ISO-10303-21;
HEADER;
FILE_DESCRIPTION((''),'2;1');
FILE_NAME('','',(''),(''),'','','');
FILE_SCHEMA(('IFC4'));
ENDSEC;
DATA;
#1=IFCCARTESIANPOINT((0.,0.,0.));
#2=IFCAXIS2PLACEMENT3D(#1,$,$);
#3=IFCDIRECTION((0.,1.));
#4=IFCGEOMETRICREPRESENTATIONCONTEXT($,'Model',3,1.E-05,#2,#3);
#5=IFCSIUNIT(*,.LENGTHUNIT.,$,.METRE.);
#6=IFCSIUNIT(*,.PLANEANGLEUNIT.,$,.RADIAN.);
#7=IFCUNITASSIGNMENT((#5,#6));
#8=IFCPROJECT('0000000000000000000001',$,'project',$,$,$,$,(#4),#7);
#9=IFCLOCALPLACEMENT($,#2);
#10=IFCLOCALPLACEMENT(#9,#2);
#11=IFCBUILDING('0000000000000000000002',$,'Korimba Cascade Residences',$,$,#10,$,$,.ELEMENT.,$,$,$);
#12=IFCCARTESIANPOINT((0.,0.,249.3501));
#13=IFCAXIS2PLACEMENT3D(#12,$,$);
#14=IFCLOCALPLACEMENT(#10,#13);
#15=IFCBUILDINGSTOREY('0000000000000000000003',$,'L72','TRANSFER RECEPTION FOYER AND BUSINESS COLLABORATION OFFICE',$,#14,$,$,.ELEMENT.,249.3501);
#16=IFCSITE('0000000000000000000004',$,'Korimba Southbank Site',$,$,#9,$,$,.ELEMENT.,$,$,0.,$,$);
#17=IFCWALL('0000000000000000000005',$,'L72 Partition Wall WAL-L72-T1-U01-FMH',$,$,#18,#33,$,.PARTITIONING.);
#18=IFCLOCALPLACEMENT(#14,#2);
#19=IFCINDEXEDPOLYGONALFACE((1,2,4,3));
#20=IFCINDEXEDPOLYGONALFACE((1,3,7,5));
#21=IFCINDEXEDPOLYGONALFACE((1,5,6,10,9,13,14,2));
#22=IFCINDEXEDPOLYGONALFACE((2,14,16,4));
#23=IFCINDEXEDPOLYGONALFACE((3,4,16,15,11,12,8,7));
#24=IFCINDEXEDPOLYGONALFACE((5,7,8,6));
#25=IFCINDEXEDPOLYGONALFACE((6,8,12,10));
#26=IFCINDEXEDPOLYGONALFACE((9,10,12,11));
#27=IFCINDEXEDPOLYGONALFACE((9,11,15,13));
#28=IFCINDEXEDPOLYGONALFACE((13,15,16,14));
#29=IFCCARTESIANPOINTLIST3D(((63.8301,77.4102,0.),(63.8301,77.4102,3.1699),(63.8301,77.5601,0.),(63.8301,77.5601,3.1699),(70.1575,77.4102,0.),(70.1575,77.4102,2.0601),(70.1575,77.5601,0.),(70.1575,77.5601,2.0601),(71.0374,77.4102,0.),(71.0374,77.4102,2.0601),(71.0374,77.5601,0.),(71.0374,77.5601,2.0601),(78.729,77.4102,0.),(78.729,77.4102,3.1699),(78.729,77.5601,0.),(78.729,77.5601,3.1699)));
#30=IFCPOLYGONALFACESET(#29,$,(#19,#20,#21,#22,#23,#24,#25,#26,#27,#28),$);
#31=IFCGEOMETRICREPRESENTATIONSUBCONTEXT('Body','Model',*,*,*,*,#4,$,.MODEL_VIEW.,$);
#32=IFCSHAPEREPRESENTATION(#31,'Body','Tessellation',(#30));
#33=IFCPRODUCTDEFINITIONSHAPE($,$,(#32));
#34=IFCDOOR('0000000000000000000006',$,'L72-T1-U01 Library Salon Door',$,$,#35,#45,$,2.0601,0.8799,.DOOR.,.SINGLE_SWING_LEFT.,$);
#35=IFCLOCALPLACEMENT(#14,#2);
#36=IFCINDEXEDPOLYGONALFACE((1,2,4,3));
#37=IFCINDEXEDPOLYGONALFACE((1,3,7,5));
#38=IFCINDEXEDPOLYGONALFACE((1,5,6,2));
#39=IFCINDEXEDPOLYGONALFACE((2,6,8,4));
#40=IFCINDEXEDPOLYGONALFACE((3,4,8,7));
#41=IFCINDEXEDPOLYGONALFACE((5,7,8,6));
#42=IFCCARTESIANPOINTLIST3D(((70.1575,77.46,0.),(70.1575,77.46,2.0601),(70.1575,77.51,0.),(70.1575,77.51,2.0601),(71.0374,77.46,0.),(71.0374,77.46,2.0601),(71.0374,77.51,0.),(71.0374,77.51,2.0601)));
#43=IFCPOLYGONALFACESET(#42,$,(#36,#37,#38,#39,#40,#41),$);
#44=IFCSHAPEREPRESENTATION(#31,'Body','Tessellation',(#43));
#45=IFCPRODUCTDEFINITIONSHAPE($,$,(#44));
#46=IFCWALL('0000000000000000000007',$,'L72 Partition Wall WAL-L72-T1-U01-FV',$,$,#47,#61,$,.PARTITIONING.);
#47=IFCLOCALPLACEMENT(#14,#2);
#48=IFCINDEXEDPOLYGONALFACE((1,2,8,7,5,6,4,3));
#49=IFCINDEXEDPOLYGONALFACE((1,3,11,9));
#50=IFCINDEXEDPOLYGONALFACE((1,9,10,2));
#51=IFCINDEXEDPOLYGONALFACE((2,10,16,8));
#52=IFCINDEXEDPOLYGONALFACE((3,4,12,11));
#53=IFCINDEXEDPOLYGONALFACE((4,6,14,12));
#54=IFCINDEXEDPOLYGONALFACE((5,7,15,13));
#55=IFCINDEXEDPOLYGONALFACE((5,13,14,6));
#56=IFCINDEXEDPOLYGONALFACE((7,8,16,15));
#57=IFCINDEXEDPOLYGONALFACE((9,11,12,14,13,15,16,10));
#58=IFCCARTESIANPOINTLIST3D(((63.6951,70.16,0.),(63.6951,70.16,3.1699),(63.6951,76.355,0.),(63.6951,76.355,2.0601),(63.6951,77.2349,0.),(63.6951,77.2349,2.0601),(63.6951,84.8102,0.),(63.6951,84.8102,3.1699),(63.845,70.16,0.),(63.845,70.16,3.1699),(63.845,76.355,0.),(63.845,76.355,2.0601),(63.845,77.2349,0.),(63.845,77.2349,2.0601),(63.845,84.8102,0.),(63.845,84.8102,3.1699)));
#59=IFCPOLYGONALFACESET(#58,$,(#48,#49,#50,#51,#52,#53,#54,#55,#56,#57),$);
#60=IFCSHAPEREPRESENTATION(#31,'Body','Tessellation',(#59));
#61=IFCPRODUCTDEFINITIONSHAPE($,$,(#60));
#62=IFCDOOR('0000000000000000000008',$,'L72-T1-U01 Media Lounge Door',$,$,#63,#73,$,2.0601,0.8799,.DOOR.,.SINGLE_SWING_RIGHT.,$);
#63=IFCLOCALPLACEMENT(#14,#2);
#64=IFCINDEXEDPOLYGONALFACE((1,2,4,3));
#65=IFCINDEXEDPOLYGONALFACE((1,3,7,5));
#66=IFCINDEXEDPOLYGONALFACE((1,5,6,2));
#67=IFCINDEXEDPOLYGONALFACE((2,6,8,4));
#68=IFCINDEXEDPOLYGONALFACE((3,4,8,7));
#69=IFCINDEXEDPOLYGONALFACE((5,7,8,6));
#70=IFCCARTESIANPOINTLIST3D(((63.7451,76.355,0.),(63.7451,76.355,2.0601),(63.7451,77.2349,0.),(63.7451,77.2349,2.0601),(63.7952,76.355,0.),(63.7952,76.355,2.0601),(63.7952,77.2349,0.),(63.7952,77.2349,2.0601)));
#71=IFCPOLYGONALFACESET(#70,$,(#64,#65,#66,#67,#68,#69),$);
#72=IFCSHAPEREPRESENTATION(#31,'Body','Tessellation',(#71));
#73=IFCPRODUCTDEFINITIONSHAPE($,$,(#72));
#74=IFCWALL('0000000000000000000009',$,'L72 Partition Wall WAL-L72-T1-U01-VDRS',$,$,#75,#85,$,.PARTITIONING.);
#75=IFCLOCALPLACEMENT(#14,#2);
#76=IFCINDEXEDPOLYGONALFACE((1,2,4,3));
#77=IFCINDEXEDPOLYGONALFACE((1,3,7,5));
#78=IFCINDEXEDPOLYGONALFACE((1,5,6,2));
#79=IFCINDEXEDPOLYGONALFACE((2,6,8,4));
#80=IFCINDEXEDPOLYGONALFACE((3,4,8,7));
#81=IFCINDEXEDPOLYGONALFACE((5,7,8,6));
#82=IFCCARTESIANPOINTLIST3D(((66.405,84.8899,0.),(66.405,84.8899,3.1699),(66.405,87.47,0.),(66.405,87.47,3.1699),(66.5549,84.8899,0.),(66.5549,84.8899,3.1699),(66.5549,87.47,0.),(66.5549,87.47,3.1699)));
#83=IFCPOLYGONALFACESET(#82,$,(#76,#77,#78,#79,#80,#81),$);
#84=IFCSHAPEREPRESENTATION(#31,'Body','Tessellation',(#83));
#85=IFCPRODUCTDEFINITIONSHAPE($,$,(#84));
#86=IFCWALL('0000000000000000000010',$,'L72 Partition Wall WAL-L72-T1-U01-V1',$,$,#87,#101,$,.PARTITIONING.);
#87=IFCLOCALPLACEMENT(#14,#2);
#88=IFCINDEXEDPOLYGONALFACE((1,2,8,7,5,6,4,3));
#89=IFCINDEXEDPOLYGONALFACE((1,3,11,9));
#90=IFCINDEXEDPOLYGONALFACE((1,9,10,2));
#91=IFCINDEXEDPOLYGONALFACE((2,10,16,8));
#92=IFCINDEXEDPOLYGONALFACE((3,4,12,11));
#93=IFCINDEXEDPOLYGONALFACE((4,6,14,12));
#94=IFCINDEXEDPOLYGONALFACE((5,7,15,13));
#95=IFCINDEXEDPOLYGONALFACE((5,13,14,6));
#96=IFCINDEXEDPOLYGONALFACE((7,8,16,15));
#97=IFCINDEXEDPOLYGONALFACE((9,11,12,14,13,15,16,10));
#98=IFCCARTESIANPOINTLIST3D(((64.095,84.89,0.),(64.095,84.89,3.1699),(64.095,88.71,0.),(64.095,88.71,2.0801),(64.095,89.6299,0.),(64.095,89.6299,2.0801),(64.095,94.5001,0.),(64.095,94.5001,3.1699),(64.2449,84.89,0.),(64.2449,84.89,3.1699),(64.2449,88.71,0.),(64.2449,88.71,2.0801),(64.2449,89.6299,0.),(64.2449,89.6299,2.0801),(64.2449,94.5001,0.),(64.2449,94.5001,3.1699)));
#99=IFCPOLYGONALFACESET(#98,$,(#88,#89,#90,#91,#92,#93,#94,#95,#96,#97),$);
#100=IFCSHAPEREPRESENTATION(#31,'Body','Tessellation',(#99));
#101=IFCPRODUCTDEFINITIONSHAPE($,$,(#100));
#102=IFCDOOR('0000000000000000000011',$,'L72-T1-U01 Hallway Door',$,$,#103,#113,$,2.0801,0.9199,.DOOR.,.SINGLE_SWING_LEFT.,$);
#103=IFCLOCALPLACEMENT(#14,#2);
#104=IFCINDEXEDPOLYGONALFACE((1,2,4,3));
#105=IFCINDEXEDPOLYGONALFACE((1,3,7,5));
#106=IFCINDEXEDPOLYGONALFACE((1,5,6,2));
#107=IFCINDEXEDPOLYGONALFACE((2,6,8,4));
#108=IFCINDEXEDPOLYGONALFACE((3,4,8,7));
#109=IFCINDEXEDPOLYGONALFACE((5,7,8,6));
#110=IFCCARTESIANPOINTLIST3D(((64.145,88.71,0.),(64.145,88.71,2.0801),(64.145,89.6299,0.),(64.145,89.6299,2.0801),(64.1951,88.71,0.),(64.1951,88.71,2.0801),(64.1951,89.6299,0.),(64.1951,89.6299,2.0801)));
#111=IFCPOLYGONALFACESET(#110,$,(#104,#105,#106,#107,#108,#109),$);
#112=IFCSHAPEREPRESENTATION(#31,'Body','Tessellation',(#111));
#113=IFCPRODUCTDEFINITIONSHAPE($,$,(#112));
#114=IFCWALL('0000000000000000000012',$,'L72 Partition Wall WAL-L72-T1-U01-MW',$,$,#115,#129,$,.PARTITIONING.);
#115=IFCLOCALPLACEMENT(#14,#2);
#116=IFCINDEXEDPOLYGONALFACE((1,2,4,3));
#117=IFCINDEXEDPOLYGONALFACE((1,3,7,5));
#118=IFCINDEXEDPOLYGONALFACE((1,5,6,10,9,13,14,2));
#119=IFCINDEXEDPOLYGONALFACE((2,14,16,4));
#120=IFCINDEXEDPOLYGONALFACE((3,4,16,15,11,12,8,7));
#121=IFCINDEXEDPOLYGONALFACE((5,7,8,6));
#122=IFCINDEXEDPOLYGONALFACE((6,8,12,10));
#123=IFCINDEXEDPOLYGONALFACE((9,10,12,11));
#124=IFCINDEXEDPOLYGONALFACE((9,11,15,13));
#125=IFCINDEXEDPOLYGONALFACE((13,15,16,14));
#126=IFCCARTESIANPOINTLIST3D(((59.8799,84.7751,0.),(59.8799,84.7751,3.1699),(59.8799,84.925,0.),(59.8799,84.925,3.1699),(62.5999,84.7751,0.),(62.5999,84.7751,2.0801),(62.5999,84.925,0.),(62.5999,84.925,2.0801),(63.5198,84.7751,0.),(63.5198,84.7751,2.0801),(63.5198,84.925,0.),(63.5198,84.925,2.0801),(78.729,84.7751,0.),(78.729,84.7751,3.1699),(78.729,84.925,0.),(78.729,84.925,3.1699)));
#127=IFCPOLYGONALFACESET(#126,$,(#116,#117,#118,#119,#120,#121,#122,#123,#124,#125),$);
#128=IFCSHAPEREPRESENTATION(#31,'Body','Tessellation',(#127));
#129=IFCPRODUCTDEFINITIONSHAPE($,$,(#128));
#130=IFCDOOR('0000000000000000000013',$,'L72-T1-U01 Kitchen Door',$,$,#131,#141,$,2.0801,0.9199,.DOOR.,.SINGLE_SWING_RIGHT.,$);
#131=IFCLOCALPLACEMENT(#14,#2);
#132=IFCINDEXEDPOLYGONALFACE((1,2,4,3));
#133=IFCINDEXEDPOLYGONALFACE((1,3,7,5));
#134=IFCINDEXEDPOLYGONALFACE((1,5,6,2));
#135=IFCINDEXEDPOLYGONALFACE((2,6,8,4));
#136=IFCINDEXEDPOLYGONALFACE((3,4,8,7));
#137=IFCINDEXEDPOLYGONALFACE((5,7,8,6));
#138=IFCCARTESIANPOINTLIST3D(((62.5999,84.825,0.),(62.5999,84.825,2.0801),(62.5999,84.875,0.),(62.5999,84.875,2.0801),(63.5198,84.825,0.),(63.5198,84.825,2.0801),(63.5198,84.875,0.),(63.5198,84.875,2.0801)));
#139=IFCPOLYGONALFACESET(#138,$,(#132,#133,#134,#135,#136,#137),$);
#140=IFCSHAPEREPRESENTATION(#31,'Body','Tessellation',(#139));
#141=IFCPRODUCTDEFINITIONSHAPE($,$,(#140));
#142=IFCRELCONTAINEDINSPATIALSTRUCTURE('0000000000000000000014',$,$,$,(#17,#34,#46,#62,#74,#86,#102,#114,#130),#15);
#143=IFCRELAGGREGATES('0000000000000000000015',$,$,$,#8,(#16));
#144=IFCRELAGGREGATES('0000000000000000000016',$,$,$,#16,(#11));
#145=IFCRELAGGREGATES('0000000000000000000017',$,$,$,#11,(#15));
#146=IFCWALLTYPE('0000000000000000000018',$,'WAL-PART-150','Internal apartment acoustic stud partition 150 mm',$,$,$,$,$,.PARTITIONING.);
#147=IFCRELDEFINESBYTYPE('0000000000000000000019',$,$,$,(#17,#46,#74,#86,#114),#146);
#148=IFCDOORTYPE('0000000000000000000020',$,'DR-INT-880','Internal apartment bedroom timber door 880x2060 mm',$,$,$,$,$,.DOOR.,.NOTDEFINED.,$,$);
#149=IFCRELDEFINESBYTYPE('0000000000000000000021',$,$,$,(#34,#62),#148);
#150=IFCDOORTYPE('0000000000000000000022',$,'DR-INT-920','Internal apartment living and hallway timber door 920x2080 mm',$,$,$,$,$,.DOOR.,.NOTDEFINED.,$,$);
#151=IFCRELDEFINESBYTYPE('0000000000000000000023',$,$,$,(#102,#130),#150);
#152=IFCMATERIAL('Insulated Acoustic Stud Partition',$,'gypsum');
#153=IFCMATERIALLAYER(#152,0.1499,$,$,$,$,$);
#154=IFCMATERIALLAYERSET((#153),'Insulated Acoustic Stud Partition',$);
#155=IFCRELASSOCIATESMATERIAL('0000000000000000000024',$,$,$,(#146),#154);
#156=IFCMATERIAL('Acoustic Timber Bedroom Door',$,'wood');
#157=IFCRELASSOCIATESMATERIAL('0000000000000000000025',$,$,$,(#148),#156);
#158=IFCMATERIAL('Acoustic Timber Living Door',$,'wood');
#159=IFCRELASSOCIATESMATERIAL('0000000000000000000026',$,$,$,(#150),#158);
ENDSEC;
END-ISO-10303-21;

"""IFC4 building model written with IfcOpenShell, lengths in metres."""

from ifc_helpers import new_model, si_unit, direction, frame, frame_2d, origin, place, context, subcontext, project, spatial, rectangle, extrude, material, layer, layer_set, type_object, element, fill, save


model = new_model("IFC4")

# Units and contexts
model_context = context("Model", 3, precision=1e-05, world=origin(), true_north=direction((0.0, 1.0)))
body_context = subcontext(model_context, "Body", "Model", "MODEL_VIEW")
ifc_project = project(units=[si_unit("LENGTHUNIT", "METRE"), si_unit("PLANEANGLEUNIT", "RADIAN")], contexts=[model_context])

# Site, building, storey
site_placement = place(None, origin())
site = spatial("IfcSite", under=ifc_project, at=site_placement, Name="Korimba Southbank Site", CompositionType="ELEMENT", RefElevation=0.0)
building_placement = place(site_placement, origin())
building = spatial("IfcBuilding", under=site, at=building_placement, Name="Korimba Cascade Residences", CompositionType="ELEMENT")
storey_placement = place(building_placement, frame((0.0, 0.0, 249.3501)))
storey = spatial("IfcBuildingStorey", under=building, at=storey_placement, Name="L72", Description="TRANSFER RECEPTION FOYER AND BUSINESS COLLABORATION OFFICE", CompositionType="ELEMENT", Elevation=249.3501)

# Walls, openings, doors
ifc_material_1 = material(Name="Insulated Acoustic Stud Partition", Category="gypsum")
ifc_layer_1 = layer(ifc_material_1, 0.1499)
ifc_layer_set_1 = layer_set([ifc_layer_1], Name="Insulated Acoustic Stud Partition")
wall_type_1 = type_object("IfcWallType", Name="WAL-PART-150", Description="Internal apartment acoustic stud partition 150 mm", PredefinedType="PARTITIONING", material=ifc_layer_set_1)
wall_1_placement = place(storey_placement, frame((63.8301, 77.4851, 0.0), z_axis=(0.0, 0.0, 1.0), x_axis=(1.0, 0.0, 0.0)))
wall_1 = element("IfcWall", 1, at=wall_1_placement, inside=storey, type_object=wall_type_1, Name="L72 Partition Wall WAL-L72-T1-U01-FMH", PredefinedType="PARTITIONING", context=body_context, shape_type="SweptSolid", body=[
    extrude(rectangle(XDim=14.8989, YDim=0.1499, at=frame_2d((7.4495, 0.0))), origin(), (0.0, 0.0, 1.0), 3.1699),
])
opening_1_placement = place(wall_1_placement, frame((6.3274, 0.0, 0.0)))
opening_1 = element("IfcOpeningElement", 2, at=opening_1_placement, cuts=wall_1, PredefinedType="OPENING", context=body_context, shape_type="SweptSolid", body=[
    extrude(rectangle(XDim=0.8799, YDim=2.0601, at=frame_2d((0.4399, 1.03))), frame((0.0, 0.085, 0.0), z_axis=(0.0, -1.0, 0.0), x_axis=(1.0, 0.0, 0.0)), (0.0, 0.0, 1.0), 0.1699),
])
ifc_material_2 = material(Name="Acoustic Timber Bedroom Door", Category="wood")
door_type_1 = type_object("IfcDoorType", Name="DR-INT-880", Description="Internal apartment bedroom timber door 880x2060 mm", OperationType="NOTDEFINED", PredefinedType="DOOR", material=ifc_material_2)
door_1_placement = place(opening_1_placement, origin())
door_1 = element("IfcDoor", 3, at=door_1_placement, inside=storey, type_object=door_type_1, Name="L72-T1-U01 Library Salon Door", OperationType="SINGLE_SWING_LEFT", OverallHeight=2.0601, OverallWidth=0.8799, PredefinedType="DOOR", context=body_context, shape_type="SweptSolid", body=[
    extrude(rectangle(XDim=0.8799, YDim=2.0601, at=frame_2d((0.4399, 1.03))), frame((0.0, 0.0249, 0.0), z_axis=(0.0, -1.0, 0.0), x_axis=(1.0, 0.0, 0.0)), (0.0, 0.0, 1.0), 0.05),
])
fill(opening_1, door_1)
wall_2_placement = place(storey_placement, frame((63.77, 70.1599, 0.0), z_axis=(0.0, 0.0, 1.0), x_axis=(0.0, 1.0, 0.0)))
wall_2 = element("IfcWall", 4, at=wall_2_placement, inside=storey, type_object=wall_type_1, Name="L72 Partition Wall WAL-L72-T1-U01-FV", PredefinedType="PARTITIONING", context=body_context, shape_type="SweptSolid", body=[
    extrude(rectangle(XDim=14.6501, YDim=0.1499, at=frame_2d((7.3252, 0.0))), origin(), (0.0, 0.0, 1.0), 3.1699),
])
opening_2_placement = place(wall_2_placement, frame((6.1951, 0.0, 0.0)))
opening_2 = element("IfcOpeningElement", 5, at=opening_2_placement, cuts=wall_2, PredefinedType="OPENING", context=body_context, shape_type="SweptSolid", body=[
    extrude(rectangle(XDim=0.8799, YDim=2.0601, at=frame_2d((0.4399, 1.03))), frame((0.0, 0.085, 0.0), z_axis=(0.0, -1.0, 0.0), x_axis=(1.0, 0.0, 0.0)), (0.0, 0.0, 1.0), 0.1699),
])
door_2_placement = place(opening_2_placement, origin())
door_2 = element("IfcDoor", 6, at=door_2_placement, inside=storey, type_object=door_type_1, Name="L72-T1-U01 Media Lounge Door", OperationType="SINGLE_SWING_RIGHT", OverallHeight=2.0601, OverallWidth=0.8799, PredefinedType="DOOR", context=body_context, shape_type="SweptSolid", body=[
    extrude(rectangle(XDim=0.8799, YDim=2.0601, at=frame_2d((0.4399, 1.03))), frame((0.0, 0.0249, 0.0), z_axis=(0.0, -1.0, 0.0), x_axis=(1.0, 0.0, 0.0)), (0.0, 0.0, 1.0), 0.05),
])
fill(opening_2, door_2)

# Wall
wall_3_placement = place(storey_placement, frame((66.48, 84.8899, 0.0), z_axis=(0.0, 0.0, 1.0), x_axis=(0.0, 1.0, 0.0)))
element("IfcWall", 7, at=wall_3_placement, inside=storey, type_object=wall_type_1, Name="L72 Partition Wall WAL-L72-T1-U01-VDRS", PredefinedType="PARTITIONING", context=body_context, shape_type="SweptSolid", body=[
    extrude(rectangle(XDim=2.5801, YDim=0.1499, at=frame_2d((1.29, 0.0))), origin(), (0.0, 0.0, 1.0), 3.1699),
])

# Walls, openings, doors
wall_4_placement = place(storey_placement, frame((64.1699, 84.8899, 0.0), z_axis=(0.0, 0.0, 1.0), x_axis=(0.0, 1.0, 0.0)))
wall_4 = element("IfcWall", 8, at=wall_4_placement, inside=storey, type_object=wall_type_1, Name="L72 Partition Wall WAL-L72-T1-U01-V1", PredefinedType="PARTITIONING", context=body_context, shape_type="SweptSolid", body=[
    extrude(rectangle(XDim=9.6101, YDim=0.1499, at=frame_2d((4.8052, 0.0))), origin(), (0.0, 0.0, 1.0), 3.1699),
])
opening_3_placement = place(wall_4_placement, frame((3.8201, 0.0, 0.0)))
opening_3 = element("IfcOpeningElement", 9, at=opening_3_placement, cuts=wall_4, PredefinedType="OPENING", context=body_context, shape_type="SweptSolid", body=[
    extrude(rectangle(XDim=0.9199, YDim=2.0801, at=frame_2d((0.46, 1.04))), frame((0.0, 0.085, 0.0), z_axis=(0.0, -1.0, 0.0), x_axis=(1.0, 0.0, 0.0)), (0.0, 0.0, 1.0), 0.1699),
])
ifc_material_3 = material(Name="Acoustic Timber Living Door", Category="wood")
door_type_2 = type_object("IfcDoorType", Name="DR-INT-920", Description="Internal apartment living and hallway timber door 920x2080 mm", OperationType="NOTDEFINED", PredefinedType="DOOR", material=ifc_material_3)
door_3_placement = place(opening_3_placement, origin())
door_3 = element("IfcDoor", 10, at=door_3_placement, inside=storey, type_object=door_type_2, Name="L72-T1-U01 Hallway Door", OperationType="SINGLE_SWING_LEFT", OverallHeight=2.0801, OverallWidth=0.9199, PredefinedType="DOOR", context=body_context, shape_type="SweptSolid", body=[
    extrude(rectangle(XDim=0.9199, YDim=2.0801, at=frame_2d((0.46, 1.04))), frame((0.0, 0.0249, 0.0), z_axis=(0.0, -1.0, 0.0), x_axis=(1.0, 0.0, 0.0)), (0.0, 0.0, 1.0), 0.05),
])
fill(opening_3, door_3)
wall_5_placement = place(storey_placement, frame((59.8799, 84.8501, 0.0), z_axis=(0.0, 0.0, 1.0), x_axis=(1.0, 0.0, 0.0)))
wall_5 = element("IfcWall", 11, at=wall_5_placement, inside=storey, type_object=wall_type_1, Name="L72 Partition Wall WAL-L72-T1-U01-MW", PredefinedType="PARTITIONING", context=body_context, shape_type="SweptSolid", body=[
    extrude(rectangle(XDim=18.8491, YDim=0.1499, at=frame_2d((9.4246, 0.0))), origin(), (0.0, 0.0, 1.0), 3.1699),
])
opening_4_placement = place(wall_5_placement, frame((2.72, 0.0, 0.0)))
opening_4 = element("IfcOpeningElement", 12, at=opening_4_placement, cuts=wall_5, PredefinedType="OPENING", context=body_context, shape_type="SweptSolid", body=[
    extrude(rectangle(XDim=0.9199, YDim=2.0801, at=frame_2d((0.46, 1.04))), frame((0.0, 0.085, 0.0), z_axis=(0.0, -1.0, 0.0), x_axis=(1.0, 0.0, 0.0)), (0.0, 0.0, 1.0), 0.1699),
])
door_4_placement = place(opening_4_placement, origin())
door_4 = element("IfcDoor", 13, at=door_4_placement, inside=storey, type_object=door_type_2, Name="L72-T1-U01 Kitchen Door", OperationType="SINGLE_SWING_RIGHT", OverallHeight=2.0801, OverallWidth=0.9199, PredefinedType="DOOR", context=body_context, shape_type="SweptSolid", body=[
    extrude(rectangle(XDim=0.9199, YDim=2.0801, at=frame_2d((0.46, 1.04))), frame((0.0, 0.0249, 0.0), z_axis=(0.0, -1.0, 0.0), x_axis=(1.0, 0.0, 0.0)), (0.0, 0.0, 1.0), 0.05),
])
fill(opening_4, door_4)

save(model, "model.ifc")
